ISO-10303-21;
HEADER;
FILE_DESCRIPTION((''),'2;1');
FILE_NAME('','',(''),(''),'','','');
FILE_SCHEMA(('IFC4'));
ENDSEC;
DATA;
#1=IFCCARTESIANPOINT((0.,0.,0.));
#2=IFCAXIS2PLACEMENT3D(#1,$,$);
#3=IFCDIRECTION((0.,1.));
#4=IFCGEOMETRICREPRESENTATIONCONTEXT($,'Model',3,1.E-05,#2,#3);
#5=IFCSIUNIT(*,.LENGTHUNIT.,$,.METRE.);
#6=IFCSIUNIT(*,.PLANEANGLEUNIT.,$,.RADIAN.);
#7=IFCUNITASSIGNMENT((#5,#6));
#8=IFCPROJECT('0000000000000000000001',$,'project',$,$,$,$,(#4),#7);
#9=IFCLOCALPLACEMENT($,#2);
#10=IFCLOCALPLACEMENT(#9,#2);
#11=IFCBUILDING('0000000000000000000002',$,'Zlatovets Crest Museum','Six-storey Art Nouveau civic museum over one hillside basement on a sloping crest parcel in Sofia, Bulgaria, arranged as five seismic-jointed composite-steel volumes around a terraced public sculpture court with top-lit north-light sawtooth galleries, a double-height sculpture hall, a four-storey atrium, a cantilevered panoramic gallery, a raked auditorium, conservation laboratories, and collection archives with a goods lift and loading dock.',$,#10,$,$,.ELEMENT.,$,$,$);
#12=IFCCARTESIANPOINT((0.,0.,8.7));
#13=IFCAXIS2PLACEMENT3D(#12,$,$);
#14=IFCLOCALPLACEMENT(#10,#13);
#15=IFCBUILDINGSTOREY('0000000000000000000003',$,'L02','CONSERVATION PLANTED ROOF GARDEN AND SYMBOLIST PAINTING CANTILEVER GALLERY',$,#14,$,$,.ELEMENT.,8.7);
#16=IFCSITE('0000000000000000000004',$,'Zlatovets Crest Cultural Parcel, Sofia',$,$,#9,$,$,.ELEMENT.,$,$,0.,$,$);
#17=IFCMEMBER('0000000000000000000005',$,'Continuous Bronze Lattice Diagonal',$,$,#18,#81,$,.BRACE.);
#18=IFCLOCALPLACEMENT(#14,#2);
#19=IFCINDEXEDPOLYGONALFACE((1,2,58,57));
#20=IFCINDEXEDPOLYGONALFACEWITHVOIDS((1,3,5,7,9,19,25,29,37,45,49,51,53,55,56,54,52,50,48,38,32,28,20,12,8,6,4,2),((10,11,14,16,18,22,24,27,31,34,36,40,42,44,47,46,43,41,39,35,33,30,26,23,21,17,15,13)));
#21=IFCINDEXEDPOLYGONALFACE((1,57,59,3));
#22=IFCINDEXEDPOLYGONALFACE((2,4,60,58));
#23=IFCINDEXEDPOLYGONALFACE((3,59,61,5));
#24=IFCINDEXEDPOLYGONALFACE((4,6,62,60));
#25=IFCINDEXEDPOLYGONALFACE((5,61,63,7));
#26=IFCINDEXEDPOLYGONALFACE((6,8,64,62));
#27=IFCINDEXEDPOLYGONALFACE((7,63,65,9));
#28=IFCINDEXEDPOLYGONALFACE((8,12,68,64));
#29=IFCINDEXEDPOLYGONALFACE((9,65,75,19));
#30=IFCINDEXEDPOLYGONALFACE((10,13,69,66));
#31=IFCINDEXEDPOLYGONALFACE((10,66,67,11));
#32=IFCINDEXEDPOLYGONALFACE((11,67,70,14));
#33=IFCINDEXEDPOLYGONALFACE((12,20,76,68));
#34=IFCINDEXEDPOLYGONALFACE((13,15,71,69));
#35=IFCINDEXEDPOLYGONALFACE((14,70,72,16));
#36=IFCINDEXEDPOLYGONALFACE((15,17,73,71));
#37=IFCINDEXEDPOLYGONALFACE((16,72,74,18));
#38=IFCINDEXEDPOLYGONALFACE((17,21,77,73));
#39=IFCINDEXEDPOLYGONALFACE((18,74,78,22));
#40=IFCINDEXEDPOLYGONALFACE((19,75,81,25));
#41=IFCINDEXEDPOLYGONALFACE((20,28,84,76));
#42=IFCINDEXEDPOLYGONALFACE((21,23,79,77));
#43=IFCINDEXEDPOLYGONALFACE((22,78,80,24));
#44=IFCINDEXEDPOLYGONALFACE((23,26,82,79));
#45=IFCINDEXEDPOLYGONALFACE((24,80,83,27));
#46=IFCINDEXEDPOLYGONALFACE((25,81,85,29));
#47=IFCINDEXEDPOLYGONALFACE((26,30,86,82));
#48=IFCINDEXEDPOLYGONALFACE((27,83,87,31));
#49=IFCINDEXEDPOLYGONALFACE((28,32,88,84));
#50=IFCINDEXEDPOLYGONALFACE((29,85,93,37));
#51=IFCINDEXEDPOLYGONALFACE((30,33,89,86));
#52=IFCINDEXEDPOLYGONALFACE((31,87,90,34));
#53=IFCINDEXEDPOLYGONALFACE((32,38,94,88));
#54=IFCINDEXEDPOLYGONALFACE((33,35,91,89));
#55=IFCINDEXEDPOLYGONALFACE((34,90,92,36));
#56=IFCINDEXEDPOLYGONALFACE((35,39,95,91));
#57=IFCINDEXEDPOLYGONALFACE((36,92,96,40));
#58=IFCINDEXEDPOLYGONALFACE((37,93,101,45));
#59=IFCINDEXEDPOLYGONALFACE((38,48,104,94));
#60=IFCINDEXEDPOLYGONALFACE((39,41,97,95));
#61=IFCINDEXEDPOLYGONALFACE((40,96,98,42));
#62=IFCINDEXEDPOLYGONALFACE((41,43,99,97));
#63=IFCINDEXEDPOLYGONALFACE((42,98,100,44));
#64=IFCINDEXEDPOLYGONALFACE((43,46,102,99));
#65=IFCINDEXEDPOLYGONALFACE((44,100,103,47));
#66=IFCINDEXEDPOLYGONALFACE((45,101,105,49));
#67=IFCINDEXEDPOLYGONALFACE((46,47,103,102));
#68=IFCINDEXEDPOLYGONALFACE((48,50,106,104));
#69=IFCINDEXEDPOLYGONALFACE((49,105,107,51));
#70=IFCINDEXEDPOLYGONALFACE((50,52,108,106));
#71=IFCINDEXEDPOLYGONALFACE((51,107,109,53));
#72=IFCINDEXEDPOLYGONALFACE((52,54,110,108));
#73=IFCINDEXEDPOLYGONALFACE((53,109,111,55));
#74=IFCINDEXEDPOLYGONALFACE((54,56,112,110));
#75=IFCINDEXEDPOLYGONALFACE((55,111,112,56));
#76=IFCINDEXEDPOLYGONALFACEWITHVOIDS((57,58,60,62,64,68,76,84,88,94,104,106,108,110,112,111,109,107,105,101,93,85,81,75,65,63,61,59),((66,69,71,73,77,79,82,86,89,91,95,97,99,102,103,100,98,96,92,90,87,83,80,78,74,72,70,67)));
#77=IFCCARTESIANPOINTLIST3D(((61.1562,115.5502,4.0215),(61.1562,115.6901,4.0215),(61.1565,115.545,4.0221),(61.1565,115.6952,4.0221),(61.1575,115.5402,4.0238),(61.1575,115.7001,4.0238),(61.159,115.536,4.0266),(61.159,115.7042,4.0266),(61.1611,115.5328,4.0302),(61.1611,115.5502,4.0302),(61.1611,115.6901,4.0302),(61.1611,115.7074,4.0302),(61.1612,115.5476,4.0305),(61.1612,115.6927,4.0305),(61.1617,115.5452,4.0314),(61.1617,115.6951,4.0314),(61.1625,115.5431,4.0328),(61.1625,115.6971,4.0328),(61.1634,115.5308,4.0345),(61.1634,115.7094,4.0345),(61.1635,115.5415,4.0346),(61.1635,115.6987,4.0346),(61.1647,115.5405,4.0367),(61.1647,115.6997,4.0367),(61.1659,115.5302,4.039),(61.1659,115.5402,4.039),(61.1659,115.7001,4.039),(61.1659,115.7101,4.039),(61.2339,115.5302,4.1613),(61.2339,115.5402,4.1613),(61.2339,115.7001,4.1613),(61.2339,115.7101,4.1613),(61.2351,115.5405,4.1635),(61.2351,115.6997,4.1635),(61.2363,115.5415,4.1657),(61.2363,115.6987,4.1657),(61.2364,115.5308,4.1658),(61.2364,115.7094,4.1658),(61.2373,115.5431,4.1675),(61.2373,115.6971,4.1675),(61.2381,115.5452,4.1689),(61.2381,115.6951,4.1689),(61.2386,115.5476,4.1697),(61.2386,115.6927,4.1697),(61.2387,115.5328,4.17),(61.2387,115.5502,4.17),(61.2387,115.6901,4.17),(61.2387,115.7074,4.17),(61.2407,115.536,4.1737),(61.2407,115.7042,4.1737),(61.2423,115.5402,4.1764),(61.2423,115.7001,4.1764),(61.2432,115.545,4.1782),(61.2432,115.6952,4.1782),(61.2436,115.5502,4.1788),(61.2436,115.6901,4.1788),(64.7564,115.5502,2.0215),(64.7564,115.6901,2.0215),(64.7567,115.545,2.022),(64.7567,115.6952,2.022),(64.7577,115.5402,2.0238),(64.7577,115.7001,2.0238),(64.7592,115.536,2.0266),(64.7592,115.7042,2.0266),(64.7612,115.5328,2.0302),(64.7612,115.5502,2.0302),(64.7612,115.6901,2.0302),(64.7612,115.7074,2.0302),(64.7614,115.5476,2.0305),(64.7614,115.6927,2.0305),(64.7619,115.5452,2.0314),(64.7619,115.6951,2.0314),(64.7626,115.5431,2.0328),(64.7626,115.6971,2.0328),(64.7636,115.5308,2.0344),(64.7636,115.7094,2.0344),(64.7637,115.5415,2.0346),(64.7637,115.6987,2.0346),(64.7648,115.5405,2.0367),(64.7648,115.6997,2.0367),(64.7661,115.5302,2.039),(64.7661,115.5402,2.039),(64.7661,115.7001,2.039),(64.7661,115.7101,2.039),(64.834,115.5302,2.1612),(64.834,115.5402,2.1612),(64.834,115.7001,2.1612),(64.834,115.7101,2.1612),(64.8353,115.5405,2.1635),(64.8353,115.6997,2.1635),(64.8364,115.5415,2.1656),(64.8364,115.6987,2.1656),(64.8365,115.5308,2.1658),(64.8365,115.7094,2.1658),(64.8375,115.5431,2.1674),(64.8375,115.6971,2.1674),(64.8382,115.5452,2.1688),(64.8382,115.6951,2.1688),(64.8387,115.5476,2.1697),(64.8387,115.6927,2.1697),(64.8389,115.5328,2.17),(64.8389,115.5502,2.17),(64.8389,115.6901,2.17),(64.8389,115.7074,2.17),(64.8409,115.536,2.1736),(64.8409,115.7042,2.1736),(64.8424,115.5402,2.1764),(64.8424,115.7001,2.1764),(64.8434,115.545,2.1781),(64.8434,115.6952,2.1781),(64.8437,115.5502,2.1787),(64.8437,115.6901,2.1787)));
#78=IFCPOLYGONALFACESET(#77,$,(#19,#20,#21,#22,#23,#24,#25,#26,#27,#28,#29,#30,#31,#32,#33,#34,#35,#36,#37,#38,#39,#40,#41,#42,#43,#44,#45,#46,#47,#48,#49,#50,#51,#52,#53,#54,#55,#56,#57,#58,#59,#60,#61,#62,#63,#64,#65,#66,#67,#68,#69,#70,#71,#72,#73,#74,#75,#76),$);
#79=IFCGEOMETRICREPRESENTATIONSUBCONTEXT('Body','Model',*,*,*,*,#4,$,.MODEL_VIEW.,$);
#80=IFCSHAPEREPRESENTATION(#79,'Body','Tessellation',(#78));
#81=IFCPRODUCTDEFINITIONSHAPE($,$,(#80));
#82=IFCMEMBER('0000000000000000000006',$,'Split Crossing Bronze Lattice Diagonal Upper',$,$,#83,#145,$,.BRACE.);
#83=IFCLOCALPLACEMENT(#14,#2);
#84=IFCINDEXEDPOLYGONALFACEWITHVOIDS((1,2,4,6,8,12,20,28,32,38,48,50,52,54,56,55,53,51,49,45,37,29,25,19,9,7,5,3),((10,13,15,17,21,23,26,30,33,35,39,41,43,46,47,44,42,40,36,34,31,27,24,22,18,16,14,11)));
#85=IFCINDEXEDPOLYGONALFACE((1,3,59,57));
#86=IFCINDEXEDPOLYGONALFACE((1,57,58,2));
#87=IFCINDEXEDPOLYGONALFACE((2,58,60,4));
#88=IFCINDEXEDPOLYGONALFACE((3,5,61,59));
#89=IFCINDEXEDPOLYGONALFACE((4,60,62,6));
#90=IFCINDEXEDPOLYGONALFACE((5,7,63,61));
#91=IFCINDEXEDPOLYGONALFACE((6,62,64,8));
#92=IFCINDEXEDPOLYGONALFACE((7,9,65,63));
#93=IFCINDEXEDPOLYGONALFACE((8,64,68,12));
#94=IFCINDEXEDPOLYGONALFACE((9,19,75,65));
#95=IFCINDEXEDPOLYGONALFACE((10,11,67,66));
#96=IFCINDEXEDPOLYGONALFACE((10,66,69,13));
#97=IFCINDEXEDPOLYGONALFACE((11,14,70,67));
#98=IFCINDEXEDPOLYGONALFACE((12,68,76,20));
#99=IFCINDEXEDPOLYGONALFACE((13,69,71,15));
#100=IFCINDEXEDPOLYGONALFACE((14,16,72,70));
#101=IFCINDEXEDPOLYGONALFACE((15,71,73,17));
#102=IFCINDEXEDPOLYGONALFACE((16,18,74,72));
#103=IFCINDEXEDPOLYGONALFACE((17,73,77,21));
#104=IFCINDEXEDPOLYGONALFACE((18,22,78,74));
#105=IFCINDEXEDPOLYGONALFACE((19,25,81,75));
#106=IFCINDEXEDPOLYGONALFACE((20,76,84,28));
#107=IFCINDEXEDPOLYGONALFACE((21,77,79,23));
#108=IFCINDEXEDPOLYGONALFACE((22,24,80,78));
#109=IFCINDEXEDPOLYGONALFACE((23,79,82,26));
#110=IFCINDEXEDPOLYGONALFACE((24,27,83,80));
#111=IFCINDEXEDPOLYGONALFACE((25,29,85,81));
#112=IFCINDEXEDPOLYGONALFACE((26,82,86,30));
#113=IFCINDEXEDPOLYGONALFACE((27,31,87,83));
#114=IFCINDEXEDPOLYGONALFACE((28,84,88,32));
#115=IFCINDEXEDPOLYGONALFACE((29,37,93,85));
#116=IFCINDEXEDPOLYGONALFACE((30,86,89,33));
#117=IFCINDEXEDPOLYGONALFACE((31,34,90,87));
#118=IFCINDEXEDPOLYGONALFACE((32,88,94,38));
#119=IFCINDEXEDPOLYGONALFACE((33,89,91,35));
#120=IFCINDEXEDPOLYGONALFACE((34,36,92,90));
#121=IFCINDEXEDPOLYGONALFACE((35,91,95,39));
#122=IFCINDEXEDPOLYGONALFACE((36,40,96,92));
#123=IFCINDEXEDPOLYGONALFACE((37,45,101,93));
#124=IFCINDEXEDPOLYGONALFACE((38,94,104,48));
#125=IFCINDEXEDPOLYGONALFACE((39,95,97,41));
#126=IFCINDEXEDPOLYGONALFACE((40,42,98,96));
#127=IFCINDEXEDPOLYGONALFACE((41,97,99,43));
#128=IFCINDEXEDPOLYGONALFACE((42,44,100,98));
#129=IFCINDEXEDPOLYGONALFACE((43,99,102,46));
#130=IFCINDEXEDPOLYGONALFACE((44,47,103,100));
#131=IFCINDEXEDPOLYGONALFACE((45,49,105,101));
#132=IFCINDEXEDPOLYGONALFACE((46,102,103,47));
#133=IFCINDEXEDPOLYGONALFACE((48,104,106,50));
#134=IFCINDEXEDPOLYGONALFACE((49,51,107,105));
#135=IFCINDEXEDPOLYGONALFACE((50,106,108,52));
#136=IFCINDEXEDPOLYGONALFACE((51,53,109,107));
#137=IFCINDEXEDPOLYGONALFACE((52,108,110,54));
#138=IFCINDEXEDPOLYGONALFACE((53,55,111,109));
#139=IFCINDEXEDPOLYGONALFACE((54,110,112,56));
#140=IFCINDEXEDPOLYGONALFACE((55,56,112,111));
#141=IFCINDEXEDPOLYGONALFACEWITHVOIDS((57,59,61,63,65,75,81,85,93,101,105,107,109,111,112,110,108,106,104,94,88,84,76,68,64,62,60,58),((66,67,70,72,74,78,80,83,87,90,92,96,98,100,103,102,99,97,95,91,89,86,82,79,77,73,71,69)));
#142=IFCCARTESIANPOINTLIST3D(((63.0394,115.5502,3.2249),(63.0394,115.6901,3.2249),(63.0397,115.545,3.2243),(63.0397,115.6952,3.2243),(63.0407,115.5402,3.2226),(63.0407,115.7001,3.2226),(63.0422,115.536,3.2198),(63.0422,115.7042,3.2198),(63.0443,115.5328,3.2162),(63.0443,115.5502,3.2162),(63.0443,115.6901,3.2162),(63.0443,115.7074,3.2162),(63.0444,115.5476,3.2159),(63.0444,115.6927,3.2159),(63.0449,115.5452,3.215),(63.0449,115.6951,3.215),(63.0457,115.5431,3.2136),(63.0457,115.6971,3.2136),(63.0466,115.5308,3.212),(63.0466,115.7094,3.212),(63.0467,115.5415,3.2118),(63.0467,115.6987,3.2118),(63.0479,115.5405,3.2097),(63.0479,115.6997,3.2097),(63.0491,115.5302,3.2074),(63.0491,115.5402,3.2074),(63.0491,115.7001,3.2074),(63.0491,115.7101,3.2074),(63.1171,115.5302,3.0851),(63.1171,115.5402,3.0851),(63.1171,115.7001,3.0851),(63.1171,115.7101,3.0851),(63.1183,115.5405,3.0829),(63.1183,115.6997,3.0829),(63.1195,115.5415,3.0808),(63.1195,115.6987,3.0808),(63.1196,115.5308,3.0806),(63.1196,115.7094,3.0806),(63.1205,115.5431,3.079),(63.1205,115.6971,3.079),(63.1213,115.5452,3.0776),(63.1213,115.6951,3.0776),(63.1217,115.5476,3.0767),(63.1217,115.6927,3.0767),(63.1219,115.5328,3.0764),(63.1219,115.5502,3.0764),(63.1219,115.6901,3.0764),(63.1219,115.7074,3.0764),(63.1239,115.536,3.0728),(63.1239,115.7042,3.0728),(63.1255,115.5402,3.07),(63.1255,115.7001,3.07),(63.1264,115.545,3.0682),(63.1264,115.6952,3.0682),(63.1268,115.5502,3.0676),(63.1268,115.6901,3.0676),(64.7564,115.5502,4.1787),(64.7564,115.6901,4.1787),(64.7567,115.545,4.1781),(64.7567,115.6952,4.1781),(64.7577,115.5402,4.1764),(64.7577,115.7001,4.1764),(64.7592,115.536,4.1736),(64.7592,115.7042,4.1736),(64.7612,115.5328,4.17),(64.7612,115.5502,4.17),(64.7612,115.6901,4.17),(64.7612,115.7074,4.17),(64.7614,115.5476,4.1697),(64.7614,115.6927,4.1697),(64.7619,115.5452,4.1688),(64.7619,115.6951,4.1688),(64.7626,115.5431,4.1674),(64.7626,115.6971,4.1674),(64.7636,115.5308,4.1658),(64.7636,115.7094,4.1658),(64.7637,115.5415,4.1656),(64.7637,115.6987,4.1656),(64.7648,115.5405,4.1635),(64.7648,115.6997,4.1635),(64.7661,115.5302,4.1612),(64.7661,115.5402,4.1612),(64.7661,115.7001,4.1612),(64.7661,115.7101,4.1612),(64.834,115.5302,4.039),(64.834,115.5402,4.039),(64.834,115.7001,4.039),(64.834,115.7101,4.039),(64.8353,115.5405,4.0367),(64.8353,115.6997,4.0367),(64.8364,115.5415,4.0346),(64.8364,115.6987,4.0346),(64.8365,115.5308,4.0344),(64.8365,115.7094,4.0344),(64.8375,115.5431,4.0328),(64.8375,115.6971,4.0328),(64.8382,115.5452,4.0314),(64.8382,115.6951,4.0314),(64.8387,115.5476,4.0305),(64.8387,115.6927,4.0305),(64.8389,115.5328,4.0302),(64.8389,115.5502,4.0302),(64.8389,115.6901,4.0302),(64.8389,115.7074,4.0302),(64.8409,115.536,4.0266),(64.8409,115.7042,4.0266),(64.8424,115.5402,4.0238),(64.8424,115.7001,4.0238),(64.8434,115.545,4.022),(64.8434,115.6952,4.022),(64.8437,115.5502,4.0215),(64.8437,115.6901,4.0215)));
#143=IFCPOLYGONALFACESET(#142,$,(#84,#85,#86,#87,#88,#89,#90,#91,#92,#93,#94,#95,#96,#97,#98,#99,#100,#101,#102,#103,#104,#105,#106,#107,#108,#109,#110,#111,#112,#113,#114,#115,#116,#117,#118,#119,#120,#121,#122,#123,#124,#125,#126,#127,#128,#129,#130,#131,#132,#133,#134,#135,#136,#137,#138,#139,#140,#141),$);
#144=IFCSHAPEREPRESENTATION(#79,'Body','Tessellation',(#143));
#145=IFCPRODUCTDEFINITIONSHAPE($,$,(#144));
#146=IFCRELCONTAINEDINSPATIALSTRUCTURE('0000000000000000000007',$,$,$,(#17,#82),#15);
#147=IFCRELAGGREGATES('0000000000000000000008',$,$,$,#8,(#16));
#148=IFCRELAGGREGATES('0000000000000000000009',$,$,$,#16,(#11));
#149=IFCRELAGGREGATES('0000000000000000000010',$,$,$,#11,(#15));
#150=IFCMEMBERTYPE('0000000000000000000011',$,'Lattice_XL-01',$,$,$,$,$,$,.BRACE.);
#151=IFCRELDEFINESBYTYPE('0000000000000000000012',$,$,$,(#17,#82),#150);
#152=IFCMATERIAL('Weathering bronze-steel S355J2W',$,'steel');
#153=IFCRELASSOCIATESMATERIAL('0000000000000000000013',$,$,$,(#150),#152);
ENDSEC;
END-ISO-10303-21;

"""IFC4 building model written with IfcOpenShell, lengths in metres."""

from ifc_helpers import new_model, si_unit, direction, frame, origin, origin_2d, place, context, subcontext, project, spatial, hollow_rectangle, extrude, material, material_profile, profile_set, type_object, element, save


model = new_model("IFC4")

# Units and contexts
model_context = context("Model", 3, precision=1e-05, world=origin(), true_north=direction((0.0, 1.0)))
body_context = subcontext(model_context, "Body", "Model", "MODEL_VIEW")
ifc_project = project(units=[si_unit("LENGTHUNIT", "METRE"), si_unit("PLANEANGLEUNIT", "RADIAN")], contexts=[model_context])

# Site, building, storey
site_placement = place(None, origin())
site = spatial("IfcSite", under=ifc_project, at=site_placement, Name="Zlatovets Crest Cultural Parcel, Sofia", CompositionType="ELEMENT", RefElevation=0.0)
building_placement = place(site_placement, origin())
building = spatial("IfcBuilding", under=site, at=building_placement, Name="Zlatovets Crest Museum", Description="Six-storey Art Nouveau civic museum over one hillside basement on a sloping crest parcel in Sofia, Bulgaria, arranged as five seismic-jointed composite-steel volumes around a terraced public sculpture court with top-lit north-light sawtooth galleries, a double-height sculpture hall, a four-storey atrium, a cantilevered panoramic gallery, a raked auditorium, conservation laboratories, and collection archives with a goods lift and loading dock.", CompositionType="ELEMENT")
storey_placement = place(building_placement, frame((0.0, 0.0, 8.7)))
storey = spatial("IfcBuildingStorey", under=building, at=storey_placement, Name="L02", Description="CONSERVATION PLANTED ROOF GARDEN AND SYMBOLIST PAINTING CANTILEVER GALLERY", CompositionType="ELEMENT", Elevation=8.7)

# Members
ifc_material_1 = material(Name="Weathering bronze-steel S355J2W", Category="steel")
ifc_material_profile_1 = material_profile(ifc_material_1, hollow_rectangle(XDim=0.1799, YDim=0.1799, WallThickness=0.01, InnerFilletRadius=0.01, OuterFilletRadius=0.02, at=origin_2d()), Name="SHS 180x180x10.0")
ifc_profile_set_1 = profile_set([ifc_material_profile_1], Name="Weathering bronze-steel S355J2W")
member_type_1 = type_object("IfcMemberType", Name="Lattice_XL-01", PredefinedType="BRACE", material=ifc_profile_set_1)
member_1_placement = place(storey_placement, frame((64.8, 115.6201, 2.1001), z_axis=(-0.874163, 0.0, 0.485633), x_axis=(0.0, -1.0, 0.0)))
element("IfcMember", 1, at=member_1_placement, inside=storey, type_object=member_type_1, Name="Continuous Bronze Lattice Diagonal", PredefinedType="BRACE", context=body_context, shape_type="SweptSolid", body=[
    extrude(hollow_rectangle(XDim=0.1799, YDim=0.1799, WallThickness=0.01, InnerFilletRadius=0.01, OuterFilletRadius=0.02, at=origin_2d()), origin(), (0.0, 0.0, 1.0), 4.1184),
])
for number, where, z_axis, x_axis, name in (
    (2, (64.8, 115.6201, 4.1001), (-0.874169, 0.0, -0.485622), (0.0, -1.0, 0.0), "Split Crossing Bronze Lattice Diagonal Upper"),
):
    element("IfcMember", number, at=place(storey_placement, frame(where, z_axis=z_axis, x_axis=x_axis)), inside=storey, type_object=member_type_1, Name=name, PredefinedType="BRACE", context=body_context, shape_type="SweptSolid", body=[
        extrude(hollow_rectangle(XDim=0.1799, YDim=0.1799, WallThickness=0.01, InnerFilletRadius=0.01, OuterFilletRadius=0.02, at=origin_2d()), origin(), (0.0, 0.0, 1.0), 1.9641),
    ])

save(model, "model.ifc")
